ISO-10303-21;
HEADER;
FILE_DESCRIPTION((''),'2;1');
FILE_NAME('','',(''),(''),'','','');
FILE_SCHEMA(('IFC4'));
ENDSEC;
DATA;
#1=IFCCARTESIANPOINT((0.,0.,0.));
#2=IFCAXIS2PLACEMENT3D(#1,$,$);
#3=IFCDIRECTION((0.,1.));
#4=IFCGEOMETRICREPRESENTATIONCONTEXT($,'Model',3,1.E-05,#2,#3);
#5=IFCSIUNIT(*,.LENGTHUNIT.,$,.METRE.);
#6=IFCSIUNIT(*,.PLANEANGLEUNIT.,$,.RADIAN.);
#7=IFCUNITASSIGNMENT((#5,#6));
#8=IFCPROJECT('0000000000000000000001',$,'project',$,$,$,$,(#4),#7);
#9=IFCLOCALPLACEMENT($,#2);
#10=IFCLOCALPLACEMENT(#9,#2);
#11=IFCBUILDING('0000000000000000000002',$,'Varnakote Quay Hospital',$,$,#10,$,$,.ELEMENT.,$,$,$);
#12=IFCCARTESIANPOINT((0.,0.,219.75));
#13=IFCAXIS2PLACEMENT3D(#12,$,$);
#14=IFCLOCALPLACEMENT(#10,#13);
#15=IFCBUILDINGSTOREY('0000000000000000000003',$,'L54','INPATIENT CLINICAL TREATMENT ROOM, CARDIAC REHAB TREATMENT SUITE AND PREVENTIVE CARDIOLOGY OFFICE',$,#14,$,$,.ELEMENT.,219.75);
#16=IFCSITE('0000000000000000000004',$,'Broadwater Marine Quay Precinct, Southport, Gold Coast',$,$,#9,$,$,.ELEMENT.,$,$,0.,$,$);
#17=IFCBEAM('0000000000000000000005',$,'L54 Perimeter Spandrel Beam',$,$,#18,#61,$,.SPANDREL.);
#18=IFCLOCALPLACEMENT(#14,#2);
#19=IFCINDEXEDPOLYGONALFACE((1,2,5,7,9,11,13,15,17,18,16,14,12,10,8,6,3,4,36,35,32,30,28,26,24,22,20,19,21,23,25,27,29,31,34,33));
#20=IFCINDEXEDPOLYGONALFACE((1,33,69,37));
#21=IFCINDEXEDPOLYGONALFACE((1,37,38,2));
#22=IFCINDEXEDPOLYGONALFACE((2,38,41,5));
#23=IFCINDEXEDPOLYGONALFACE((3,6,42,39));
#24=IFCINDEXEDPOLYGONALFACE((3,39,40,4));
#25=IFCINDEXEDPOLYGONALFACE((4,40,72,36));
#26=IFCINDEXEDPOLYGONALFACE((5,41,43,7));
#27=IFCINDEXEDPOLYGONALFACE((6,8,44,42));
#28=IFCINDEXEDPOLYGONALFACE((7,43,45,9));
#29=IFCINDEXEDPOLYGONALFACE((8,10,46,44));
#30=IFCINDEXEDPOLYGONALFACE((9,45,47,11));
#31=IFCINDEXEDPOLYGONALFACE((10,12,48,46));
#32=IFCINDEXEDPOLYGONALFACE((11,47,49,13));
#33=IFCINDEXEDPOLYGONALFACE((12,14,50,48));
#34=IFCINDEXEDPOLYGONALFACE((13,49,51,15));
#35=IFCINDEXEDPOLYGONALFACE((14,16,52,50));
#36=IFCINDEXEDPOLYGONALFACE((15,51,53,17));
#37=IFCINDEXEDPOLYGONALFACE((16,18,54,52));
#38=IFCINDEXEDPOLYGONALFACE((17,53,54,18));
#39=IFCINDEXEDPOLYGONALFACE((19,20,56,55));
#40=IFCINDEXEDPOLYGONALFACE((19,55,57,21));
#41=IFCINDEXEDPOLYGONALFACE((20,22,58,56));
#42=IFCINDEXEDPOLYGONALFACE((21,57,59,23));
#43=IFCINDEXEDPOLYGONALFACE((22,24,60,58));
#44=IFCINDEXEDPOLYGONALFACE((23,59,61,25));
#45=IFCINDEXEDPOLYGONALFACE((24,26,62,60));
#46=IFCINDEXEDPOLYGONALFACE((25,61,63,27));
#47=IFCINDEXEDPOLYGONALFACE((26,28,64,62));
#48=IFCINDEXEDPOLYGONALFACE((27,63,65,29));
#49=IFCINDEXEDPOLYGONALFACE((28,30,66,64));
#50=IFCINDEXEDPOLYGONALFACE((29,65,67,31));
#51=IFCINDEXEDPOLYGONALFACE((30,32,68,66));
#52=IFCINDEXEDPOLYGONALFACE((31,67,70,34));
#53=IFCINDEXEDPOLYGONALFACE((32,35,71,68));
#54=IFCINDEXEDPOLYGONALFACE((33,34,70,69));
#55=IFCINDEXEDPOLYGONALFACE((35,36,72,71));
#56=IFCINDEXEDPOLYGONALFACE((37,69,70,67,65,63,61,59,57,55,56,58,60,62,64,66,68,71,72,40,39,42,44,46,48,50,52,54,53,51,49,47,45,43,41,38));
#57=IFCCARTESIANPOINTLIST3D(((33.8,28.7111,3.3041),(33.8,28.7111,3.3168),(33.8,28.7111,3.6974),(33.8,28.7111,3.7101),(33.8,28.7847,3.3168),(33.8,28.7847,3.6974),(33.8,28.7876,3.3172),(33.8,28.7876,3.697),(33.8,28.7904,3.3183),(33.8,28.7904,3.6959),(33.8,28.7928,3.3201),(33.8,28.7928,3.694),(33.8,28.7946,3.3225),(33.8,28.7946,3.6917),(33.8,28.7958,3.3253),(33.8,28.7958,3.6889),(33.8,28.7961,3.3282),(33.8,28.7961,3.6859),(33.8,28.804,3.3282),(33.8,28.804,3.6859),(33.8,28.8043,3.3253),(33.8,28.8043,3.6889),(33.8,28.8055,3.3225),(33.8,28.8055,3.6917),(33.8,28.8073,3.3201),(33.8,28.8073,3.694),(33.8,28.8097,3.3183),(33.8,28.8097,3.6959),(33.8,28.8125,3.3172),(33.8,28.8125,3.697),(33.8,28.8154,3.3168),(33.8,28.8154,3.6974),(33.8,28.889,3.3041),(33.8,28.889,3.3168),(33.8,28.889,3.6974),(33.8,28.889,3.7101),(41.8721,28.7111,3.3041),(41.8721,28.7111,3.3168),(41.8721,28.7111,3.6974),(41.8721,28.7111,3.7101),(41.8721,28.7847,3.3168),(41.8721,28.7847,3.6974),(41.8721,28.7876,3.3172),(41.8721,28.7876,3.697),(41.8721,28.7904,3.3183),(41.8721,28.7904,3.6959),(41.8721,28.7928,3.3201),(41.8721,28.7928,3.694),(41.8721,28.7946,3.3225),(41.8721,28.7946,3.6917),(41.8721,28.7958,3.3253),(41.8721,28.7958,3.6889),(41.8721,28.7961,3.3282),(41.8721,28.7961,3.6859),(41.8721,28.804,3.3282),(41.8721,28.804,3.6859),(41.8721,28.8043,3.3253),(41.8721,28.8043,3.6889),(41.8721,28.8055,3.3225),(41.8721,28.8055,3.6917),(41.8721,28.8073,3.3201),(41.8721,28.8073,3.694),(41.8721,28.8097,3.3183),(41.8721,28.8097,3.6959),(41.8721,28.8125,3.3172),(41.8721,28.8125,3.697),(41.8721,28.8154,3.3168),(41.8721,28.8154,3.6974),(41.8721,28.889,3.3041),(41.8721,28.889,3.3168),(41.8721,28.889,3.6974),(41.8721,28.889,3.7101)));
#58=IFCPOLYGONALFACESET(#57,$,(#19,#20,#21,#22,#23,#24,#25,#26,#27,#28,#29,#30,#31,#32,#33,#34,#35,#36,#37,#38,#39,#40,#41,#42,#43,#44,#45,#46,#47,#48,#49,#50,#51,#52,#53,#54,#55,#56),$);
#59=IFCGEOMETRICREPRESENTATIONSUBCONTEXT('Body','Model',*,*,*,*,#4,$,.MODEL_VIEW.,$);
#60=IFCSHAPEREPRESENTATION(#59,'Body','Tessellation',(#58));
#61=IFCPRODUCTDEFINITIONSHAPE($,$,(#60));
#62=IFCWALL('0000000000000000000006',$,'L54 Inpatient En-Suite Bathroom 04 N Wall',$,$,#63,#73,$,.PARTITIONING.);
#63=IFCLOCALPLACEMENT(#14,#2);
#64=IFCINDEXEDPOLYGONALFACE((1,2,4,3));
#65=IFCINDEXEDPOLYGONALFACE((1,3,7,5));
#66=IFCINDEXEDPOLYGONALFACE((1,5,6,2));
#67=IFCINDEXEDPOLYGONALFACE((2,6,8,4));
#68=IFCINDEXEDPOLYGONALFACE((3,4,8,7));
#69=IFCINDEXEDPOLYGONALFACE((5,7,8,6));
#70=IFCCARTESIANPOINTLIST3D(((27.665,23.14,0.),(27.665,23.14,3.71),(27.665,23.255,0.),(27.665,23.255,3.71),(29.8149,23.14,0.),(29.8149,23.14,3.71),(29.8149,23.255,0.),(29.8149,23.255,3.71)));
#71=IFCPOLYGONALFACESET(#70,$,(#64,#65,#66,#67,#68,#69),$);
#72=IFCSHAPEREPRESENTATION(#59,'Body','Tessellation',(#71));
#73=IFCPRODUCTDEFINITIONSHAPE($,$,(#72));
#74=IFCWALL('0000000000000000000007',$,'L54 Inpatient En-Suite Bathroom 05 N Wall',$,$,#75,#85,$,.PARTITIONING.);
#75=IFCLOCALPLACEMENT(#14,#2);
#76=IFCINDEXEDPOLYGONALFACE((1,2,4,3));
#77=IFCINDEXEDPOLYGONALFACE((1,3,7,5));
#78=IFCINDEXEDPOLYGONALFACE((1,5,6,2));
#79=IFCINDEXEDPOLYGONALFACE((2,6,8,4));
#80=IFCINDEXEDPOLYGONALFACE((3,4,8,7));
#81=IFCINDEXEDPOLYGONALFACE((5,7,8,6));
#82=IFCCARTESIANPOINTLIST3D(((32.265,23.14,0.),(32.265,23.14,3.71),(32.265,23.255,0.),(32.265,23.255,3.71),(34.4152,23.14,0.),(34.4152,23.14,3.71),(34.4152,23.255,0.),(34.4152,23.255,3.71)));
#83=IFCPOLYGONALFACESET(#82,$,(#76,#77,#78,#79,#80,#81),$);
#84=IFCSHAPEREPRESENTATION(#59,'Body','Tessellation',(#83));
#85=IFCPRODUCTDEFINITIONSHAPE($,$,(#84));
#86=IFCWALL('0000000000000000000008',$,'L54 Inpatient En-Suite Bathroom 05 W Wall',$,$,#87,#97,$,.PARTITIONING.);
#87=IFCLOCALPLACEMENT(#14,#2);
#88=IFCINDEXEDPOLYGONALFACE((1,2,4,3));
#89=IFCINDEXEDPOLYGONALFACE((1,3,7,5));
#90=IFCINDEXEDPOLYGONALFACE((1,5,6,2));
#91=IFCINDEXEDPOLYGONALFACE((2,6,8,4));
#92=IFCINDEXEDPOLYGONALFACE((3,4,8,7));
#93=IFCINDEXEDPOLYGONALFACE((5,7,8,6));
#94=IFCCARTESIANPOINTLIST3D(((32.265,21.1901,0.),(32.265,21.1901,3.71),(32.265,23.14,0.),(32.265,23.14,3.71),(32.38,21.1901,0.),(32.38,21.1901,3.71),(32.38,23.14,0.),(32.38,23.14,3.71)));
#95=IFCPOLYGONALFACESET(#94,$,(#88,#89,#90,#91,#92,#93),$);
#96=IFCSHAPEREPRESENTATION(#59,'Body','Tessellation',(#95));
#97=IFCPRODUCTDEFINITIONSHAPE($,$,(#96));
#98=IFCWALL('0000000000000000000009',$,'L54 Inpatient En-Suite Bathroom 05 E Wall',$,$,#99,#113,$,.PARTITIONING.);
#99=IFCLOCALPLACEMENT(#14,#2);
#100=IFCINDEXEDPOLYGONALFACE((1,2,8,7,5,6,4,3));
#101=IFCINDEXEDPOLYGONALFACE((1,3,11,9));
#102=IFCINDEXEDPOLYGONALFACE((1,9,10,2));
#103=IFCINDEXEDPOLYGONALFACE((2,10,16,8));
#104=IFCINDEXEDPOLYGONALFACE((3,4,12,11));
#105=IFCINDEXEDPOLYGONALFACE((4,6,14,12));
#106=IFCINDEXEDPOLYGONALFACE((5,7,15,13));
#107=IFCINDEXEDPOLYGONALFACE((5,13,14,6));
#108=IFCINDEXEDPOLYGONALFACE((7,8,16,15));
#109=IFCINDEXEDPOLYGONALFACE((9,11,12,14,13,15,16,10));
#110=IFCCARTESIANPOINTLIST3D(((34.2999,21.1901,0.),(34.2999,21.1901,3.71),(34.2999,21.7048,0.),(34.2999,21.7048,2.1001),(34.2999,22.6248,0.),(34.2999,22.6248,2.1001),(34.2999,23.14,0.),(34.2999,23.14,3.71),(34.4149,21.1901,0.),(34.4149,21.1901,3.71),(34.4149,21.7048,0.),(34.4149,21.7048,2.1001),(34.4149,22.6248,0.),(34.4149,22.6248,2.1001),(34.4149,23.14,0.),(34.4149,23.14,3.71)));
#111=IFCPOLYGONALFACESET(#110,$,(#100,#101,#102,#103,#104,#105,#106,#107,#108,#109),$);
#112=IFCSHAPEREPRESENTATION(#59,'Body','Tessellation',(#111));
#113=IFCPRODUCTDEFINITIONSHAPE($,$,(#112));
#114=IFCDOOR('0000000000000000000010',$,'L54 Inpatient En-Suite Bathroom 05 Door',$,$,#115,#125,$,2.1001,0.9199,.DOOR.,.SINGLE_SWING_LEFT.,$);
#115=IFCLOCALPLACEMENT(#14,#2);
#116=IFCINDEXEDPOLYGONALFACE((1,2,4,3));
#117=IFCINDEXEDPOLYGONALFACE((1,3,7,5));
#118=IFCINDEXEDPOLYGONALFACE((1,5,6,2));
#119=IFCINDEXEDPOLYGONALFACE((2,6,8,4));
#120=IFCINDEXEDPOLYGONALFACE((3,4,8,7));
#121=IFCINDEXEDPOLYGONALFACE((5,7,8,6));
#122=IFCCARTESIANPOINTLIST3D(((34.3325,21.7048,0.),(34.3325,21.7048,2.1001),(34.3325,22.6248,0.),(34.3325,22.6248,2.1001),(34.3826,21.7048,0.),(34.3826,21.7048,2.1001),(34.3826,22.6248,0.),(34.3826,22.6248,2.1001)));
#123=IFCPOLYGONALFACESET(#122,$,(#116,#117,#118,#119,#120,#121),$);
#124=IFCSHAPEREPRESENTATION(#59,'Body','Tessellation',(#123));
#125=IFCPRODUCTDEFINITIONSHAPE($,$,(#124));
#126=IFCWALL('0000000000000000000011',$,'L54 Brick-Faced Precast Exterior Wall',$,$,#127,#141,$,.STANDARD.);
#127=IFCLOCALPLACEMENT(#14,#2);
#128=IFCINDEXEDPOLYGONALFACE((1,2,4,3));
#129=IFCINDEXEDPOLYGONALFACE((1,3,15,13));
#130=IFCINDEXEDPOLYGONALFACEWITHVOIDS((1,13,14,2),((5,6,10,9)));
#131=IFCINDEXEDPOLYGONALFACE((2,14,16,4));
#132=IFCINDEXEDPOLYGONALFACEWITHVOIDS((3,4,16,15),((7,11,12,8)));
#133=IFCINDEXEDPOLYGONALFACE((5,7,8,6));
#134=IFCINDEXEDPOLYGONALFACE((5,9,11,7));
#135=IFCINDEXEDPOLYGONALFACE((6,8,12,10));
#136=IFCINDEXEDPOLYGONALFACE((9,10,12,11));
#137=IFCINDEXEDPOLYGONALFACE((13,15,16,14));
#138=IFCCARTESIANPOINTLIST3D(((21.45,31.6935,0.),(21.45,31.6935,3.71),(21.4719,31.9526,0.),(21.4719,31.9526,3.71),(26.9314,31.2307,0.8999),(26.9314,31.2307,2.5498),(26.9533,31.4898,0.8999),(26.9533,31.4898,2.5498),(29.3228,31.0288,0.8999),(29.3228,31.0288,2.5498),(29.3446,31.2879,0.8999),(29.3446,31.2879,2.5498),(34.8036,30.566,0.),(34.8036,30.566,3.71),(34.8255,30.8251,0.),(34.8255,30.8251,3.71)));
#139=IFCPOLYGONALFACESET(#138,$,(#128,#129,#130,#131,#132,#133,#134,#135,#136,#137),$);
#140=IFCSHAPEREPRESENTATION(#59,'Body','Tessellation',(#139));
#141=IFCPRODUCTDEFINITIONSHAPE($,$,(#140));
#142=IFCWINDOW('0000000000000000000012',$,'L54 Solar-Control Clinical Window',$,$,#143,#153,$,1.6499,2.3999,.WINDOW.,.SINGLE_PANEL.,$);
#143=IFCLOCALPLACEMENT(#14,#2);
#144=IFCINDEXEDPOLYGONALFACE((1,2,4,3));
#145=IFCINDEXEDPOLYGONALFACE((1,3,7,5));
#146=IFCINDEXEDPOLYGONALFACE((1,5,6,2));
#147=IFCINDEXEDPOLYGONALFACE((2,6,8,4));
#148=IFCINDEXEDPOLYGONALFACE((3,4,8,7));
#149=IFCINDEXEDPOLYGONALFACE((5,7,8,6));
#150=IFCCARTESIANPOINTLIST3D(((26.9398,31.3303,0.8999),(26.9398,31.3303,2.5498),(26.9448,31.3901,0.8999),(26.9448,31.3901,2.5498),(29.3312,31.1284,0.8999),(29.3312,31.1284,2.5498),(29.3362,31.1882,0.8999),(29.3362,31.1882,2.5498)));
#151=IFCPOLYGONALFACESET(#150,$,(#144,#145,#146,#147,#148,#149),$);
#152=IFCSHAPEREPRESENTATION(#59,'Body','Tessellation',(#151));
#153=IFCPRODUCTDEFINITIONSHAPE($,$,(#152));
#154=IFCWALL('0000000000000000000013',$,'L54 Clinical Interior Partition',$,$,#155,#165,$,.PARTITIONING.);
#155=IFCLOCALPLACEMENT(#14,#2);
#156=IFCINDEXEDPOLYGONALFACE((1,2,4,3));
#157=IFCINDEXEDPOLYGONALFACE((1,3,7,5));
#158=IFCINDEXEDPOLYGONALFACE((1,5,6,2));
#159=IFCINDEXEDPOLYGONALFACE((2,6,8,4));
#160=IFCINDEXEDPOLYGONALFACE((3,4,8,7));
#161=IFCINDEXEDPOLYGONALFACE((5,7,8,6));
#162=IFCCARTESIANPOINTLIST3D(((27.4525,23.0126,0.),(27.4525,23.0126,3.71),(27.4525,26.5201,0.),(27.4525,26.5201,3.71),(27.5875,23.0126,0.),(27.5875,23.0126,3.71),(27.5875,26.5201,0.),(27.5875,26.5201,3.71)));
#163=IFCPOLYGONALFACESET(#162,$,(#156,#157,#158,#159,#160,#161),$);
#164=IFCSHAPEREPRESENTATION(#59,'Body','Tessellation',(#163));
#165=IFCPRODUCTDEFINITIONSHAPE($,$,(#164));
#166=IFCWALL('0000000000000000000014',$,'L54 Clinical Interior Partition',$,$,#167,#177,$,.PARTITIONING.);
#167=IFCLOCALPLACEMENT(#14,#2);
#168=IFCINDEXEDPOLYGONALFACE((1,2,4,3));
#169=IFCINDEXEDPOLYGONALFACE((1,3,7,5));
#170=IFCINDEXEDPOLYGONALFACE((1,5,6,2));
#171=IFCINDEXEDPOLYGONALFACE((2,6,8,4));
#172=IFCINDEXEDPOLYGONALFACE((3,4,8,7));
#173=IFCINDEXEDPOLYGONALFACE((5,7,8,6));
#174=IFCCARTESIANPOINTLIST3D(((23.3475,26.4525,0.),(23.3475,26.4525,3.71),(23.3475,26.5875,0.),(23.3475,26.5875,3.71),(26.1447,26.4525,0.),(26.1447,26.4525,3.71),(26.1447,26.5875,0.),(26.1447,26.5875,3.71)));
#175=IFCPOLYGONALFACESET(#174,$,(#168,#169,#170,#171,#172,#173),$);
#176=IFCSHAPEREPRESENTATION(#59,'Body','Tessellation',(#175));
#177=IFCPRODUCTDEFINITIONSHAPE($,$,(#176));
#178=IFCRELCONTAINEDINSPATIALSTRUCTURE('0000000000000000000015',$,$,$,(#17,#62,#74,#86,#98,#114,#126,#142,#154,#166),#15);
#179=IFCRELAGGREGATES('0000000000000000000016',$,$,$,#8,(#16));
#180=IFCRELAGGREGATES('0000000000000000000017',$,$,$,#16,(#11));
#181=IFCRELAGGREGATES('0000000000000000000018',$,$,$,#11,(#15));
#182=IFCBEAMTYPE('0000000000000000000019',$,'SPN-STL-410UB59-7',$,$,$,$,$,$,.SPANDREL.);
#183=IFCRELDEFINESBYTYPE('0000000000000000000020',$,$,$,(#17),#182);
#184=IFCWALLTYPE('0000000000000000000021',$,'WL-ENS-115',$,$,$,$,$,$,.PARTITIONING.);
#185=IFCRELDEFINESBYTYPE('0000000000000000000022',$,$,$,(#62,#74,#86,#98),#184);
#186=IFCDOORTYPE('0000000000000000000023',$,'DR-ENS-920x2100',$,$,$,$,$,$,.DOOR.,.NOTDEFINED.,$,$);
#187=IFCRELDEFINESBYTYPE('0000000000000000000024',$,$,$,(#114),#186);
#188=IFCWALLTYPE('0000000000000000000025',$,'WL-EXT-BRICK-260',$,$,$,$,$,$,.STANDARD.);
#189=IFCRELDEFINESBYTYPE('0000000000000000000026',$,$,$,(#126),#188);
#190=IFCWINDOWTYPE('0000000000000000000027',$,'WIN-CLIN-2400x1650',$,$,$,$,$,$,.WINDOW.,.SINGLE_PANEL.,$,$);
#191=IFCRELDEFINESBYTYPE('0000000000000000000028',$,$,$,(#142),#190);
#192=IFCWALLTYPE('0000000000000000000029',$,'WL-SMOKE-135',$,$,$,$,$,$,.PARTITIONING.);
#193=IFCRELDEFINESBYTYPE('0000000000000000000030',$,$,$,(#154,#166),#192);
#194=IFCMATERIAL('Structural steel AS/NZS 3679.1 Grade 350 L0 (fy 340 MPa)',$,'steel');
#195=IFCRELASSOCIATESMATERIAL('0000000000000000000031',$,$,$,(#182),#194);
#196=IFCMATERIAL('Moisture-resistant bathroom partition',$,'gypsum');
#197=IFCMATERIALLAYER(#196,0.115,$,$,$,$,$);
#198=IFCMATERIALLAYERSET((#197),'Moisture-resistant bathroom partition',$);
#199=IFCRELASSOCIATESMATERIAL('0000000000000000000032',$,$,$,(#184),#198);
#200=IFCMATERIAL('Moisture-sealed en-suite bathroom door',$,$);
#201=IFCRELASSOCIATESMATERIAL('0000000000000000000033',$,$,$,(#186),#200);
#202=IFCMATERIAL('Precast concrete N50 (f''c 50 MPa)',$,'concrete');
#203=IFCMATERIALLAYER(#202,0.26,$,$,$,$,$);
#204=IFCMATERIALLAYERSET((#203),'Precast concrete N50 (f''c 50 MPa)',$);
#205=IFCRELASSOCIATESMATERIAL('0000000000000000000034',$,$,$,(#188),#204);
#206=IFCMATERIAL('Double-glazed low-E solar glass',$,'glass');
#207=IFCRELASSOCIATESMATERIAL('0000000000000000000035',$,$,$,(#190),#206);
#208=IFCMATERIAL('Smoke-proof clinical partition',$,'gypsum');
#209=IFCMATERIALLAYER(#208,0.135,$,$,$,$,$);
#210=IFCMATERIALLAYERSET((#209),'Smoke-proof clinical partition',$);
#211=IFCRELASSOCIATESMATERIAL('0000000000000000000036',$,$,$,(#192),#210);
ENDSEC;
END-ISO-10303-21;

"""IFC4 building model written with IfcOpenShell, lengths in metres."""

from ifc_helpers import new_model, si_unit, direction, frame, frame_2d, origin, origin_2d, place, context, subcontext, project, spatial, rectangle, i_section, extrude, material, layer, layer_set, material_profile, profile_set, type_object, element, fill, save


model = new_model("IFC4")

# Units and contexts
model_context = context("Model", 3, precision=1e-05, world=origin(), true_north=direction((0.0, 1.0)))
body_context = subcontext(model_context, "Body", "Model", "MODEL_VIEW")
ifc_project = project(units=[si_unit("LENGTHUNIT", "METRE"), si_unit("PLANEANGLEUNIT", "RADIAN")], contexts=[model_context])

# Site, building, storey
site_placement = place(None, origin())
site = spatial("IfcSite", under=ifc_project, at=site_placement, Name="Broadwater Marine Quay Precinct, Southport, Gold Coast", CompositionType="ELEMENT", RefElevation=0.0)
building_placement = place(site_placement, origin())
building = spatial("IfcBuilding", under=site, at=building_placement, Name="Varnakote Quay Hospital", CompositionType="ELEMENT")
storey_placement = place(building_placement, frame((0.0, 0.0, 219.75)))
storey = spatial("IfcBuildingStorey", under=building, at=storey_placement, Name="L54", Description="INPATIENT CLINICAL TREATMENT ROOM, CARDIAC REHAB TREATMENT SUITE AND PREVENTIVE CARDIOLOGY OFFICE", CompositionType="ELEMENT", Elevation=219.75)

# Beam
ifc_material_1 = material(Name="Structural steel AS/NZS 3679.1 Grade 350 L0 (fy 340 MPa)", Category="steel")
ifc_material_profile_1 = material_profile(ifc_material_1, i_section(OverallWidth=0.178, OverallDepth=0.406, WebThickness=0.0078, FlangeThickness=0.0127, FilletRadius=0.0115, at=origin_2d()), Name="410UB59.7")
ifc_profile_set_1 = profile_set([ifc_material_profile_1], Name="Structural steel AS/NZS 3679.1 Grade 350 L0 (fy 340 MPa)")
beam_type_1 = type_object("IfcBeamType", Name="SPN-STL-410UB59-7", PredefinedType="SPANDREL", material=ifc_profile_set_1)
for number, where, z_axis, x_axis, name in (
    (1, (33.8, 28.8, 3.5071), (1.0, 0.0, 0.0), (0.0, 1.0, 0.0), "L54 Perimeter Spandrel Beam"),
):
    element("IfcBeam", number, at=place(storey_placement, frame(where, z_axis=z_axis, x_axis=x_axis)), inside=storey, type_object=beam_type_1, Name=name, PredefinedType="SPANDREL", context=body_context, shape_type="SweptSolid", body=[
        extrude(i_section(OverallWidth=0.178, OverallDepth=0.406, WebThickness=0.0078, FlangeThickness=0.0127, FilletRadius=0.0115, at=origin_2d()), origin(), (0.0, 0.0, 1.0), 8.072),
    ])

# Walls
ifc_material_2 = material(Name="Moisture-resistant bathroom partition", Category="gypsum")
ifc_layer_1 = layer(ifc_material_2, 0.115)
ifc_layer_set_1 = layer_set([ifc_layer_1], Name="Moisture-resistant bathroom partition")
wall_type_1 = type_object("IfcWallType", Name="WL-ENS-115", PredefinedType="PARTITIONING", material=ifc_layer_set_1)
wall_1_placement = place(storey_placement, frame((27.665, 23.1975, 0.0), z_axis=(0.0, 0.0, 1.0), x_axis=(1.0, 0.0, 0.0)))
element("IfcWall", 2, at=wall_1_placement, inside=storey, type_object=wall_type_1, Name="L54 Inpatient En-Suite Bathroom 04 N Wall", PredefinedType="PARTITIONING", context=body_context, shape_type="SweptSolid", body=[
    extrude(rectangle(XDim=2.1499, YDim=0.115, at=frame_2d((1.075, 0.0))), origin(), (0.0, 0.0, 1.0), 3.71),
])
wall_2_placement = place(storey_placement, frame((32.2649, 23.1975, 0.0), z_axis=(0.0, 0.0, 1.0), x_axis=(1.0, 0.0, 0.0)))
element("IfcWall", 3, at=wall_2_placement, inside=storey, type_object=wall_type_1, Name="L54 Inpatient En-Suite Bathroom 05 N Wall", PredefinedType="PARTITIONING", context=body_context, shape_type="SweptSolid", body=[
    extrude(rectangle(XDim=2.1501, YDim=0.115, at=frame_2d((1.0752, 0.0))), origin(), (0.0, 0.0, 1.0), 3.71),
])
wall_3_placement = place(storey_placement, frame((32.3225, 21.1899, 0.0), z_axis=(0.0, 0.0, 1.0), x_axis=(0.0, 1.0, 0.0)))
element("IfcWall", 4, at=wall_3_placement, inside=storey, type_object=wall_type_1, Name="L54 Inpatient En-Suite Bathroom 05 W Wall", PredefinedType="PARTITIONING", context=body_context, shape_type="SweptSolid", body=[
    extrude(rectangle(XDim=1.95, YDim=0.115, at=frame_2d((0.9751, 0.0))), origin(), (0.0, 0.0, 1.0), 3.71),
])

# Wall, opening, door
wall_4_placement = place(storey_placement, frame((34.3574, 21.1899, 0.0), z_axis=(0.0, 0.0, 1.0), x_axis=(0.0, 1.0, 0.0)))
wall_4 = element("IfcWall", 5, at=wall_4_placement, inside=storey, type_object=wall_type_1, Name="L54 Inpatient En-Suite Bathroom 05 E Wall", PredefinedType="PARTITIONING", context=body_context, shape_type="SweptSolid", body=[
    extrude(rectangle(XDim=1.95, YDim=0.115, at=frame_2d((0.9751, 0.0))), origin(), (0.0, 0.0, 1.0), 3.71),
])
opening_1_placement = place(wall_4_placement, frame((0.5149, 0.0, 0.0)))
opening_1 = element("IfcOpeningElement", 6, at=opening_1_placement, cuts=wall_4, PredefinedType="OPENING", context=body_context, shape_type="SweptSolid", body=[
    extrude(rectangle(XDim=0.9199, YDim=2.1001, at=frame_2d((0.46, 1.05))), frame((0.0, 0.0674, 0.0), z_axis=(0.0, -1.0, 0.0), x_axis=(1.0, 0.0, 0.0)), (0.0, 0.0, 1.0), 0.135),
])
ifc_material_3 = material(Name="Moisture-sealed en-suite bathroom door")
door_type_1 = type_object("IfcDoorType", Name="DR-ENS-920x2100", OperationType="NOTDEFINED", PredefinedType="DOOR", material=ifc_material_3)
door_1_placement = place(opening_1_placement, origin())
door_1 = element("IfcDoor", 7, at=door_1_placement, inside=storey, type_object=door_type_1, Name="L54 Inpatient En-Suite Bathroom 05 Door", OperationType="SINGLE_SWING_LEFT", OverallHeight=2.1001, OverallWidth=0.9199, PredefinedType="DOOR", context=body_context, shape_type="SweptSolid", body=[
    extrude(rectangle(XDim=0.9199, YDim=2.1001, at=frame_2d((0.46, 1.05))), frame((0.0, 0.0249, 0.0), z_axis=(0.0, -1.0, 0.0), x_axis=(1.0, 0.0, 0.0)), (0.0, 0.0, 1.0), 0.05),
])
fill(opening_1, door_1)

# Wall, opening, window
ifc_material_4 = material(Name="Precast concrete N50 (f'c 50 MPa)", Category="concrete")
ifc_layer_2 = layer(ifc_material_4, 0.26)
ifc_layer_set_2 = layer_set([ifc_layer_2], Name="Precast concrete N50 (f'c 50 MPa)")
wall_type_2 = type_object("IfcWallType", Name="WL-EXT-BRICK-260", PredefinedType="STANDARD", material=ifc_layer_set_2)
wall_5_placement = place(storey_placement, frame((34.8147, 30.6956, 0.0), z_axis=(0.0, 0.0, 1.0), x_axis=(-0.996455, 0.084131, 0.0)))
wall_5 = element("IfcWall", 8, at=wall_5_placement, inside=storey, type_object=wall_type_2, Name="L54 Brick-Faced Precast Exterior Wall", PredefinedType="STANDARD", context=body_context, shape_type="SweptSolid", body=[
    extrude(rectangle(XDim=13.4011, YDim=0.26, at=frame_2d((6.7007, 0.0))), origin(), (0.0, 0.0, 1.0), 3.71),
])
opening_2_placement = place(wall_5_placement, frame((5.5005, 0.0, 0.8999)))
opening_2 = element("IfcOpeningElement", 9, at=opening_2_placement, cuts=wall_5, PredefinedType="OPENING", context=body_context, shape_type="SweptSolid", body=[
    extrude(rectangle(XDim=2.3999, YDim=1.6499, at=frame_2d((1.2, 0.825))), frame((0.0, 0.1399, 0.0), z_axis=(0.0, -1.0, 0.0), x_axis=(1.0, 0.0, 0.0)), (0.0, 0.0, 1.0), 0.28),
])
ifc_material_5 = material(Name="Double-glazed low-E solar glass", Category="glass")
window_type = type_object("IfcWindowType", Name="WIN-CLIN-2400x1650", PartitioningType="SINGLE_PANEL", PredefinedType="WINDOW", material=ifc_material_5)
window_placement = place(opening_2_placement, origin())
window = element("IfcWindow", 10, at=window_placement, inside=storey, type_object=window_type, Name="L54 Solar-Control Clinical Window", OverallHeight=1.6499, OverallWidth=2.3999, PartitioningType="SINGLE_PANEL", PredefinedType="WINDOW", context=body_context, shape_type="SweptSolid", body=[
    extrude(rectangle(XDim=2.3999, YDim=1.6499, at=frame_2d((1.2, 0.825))), frame((0.0, 0.03, 0.0), z_axis=(0.0, -1.0, 0.0), x_axis=(1.0, 0.0, 0.0)), (0.0, 0.0, 1.0), 0.0601),
])
fill(opening_2, window)

# Walls
ifc_material_6 = material(Name="Smoke-proof clinical partition", Category="gypsum")
ifc_layer_3 = layer(ifc_material_6, 0.135)
ifc_layer_set_3 = layer_set([ifc_layer_3], Name="Smoke-proof clinical partition")
wall_type_3 = type_object("IfcWallType", Name="WL-SMOKE-135", PredefinedType="PARTITIONING", material=ifc_layer_set_3)
wall_6_placement = place(storey_placement, frame((27.52, 23.0125, 0.0), z_axis=(0.0, 0.0, 1.0), x_axis=(0.0, 1.0, 0.0)))
element("IfcWall", 11, at=wall_6_placement, inside=storey, type_object=wall_type_3, Name="L54 Clinical Interior Partition", PredefinedType="PARTITIONING", context=body_context, shape_type="SweptSolid", body=[
    extrude(rectangle(XDim=3.5076, YDim=0.135, at=frame_2d((1.7539, 0.0))), origin(), (0.0, 0.0, 1.0), 3.71),
])
wall_7_placement = place(storey_placement, frame((26.1445, 26.52, 0.0), z_axis=(0.0, 0.0, 1.0), x_axis=(-1.0, 0.0, 0.0)))
element("IfcWall", 12, at=wall_7_placement, inside=storey, type_object=wall_type_3, Name="L54 Clinical Interior Partition", PredefinedType="PARTITIONING", context=body_context, shape_type="SweptSolid", body=[
    extrude(rectangle(XDim=2.7971, YDim=0.135, at=frame_2d((1.3984, 0.0))), origin(), (0.0, 0.0, 1.0), 3.71),
])

save(model, "model.ifc")
